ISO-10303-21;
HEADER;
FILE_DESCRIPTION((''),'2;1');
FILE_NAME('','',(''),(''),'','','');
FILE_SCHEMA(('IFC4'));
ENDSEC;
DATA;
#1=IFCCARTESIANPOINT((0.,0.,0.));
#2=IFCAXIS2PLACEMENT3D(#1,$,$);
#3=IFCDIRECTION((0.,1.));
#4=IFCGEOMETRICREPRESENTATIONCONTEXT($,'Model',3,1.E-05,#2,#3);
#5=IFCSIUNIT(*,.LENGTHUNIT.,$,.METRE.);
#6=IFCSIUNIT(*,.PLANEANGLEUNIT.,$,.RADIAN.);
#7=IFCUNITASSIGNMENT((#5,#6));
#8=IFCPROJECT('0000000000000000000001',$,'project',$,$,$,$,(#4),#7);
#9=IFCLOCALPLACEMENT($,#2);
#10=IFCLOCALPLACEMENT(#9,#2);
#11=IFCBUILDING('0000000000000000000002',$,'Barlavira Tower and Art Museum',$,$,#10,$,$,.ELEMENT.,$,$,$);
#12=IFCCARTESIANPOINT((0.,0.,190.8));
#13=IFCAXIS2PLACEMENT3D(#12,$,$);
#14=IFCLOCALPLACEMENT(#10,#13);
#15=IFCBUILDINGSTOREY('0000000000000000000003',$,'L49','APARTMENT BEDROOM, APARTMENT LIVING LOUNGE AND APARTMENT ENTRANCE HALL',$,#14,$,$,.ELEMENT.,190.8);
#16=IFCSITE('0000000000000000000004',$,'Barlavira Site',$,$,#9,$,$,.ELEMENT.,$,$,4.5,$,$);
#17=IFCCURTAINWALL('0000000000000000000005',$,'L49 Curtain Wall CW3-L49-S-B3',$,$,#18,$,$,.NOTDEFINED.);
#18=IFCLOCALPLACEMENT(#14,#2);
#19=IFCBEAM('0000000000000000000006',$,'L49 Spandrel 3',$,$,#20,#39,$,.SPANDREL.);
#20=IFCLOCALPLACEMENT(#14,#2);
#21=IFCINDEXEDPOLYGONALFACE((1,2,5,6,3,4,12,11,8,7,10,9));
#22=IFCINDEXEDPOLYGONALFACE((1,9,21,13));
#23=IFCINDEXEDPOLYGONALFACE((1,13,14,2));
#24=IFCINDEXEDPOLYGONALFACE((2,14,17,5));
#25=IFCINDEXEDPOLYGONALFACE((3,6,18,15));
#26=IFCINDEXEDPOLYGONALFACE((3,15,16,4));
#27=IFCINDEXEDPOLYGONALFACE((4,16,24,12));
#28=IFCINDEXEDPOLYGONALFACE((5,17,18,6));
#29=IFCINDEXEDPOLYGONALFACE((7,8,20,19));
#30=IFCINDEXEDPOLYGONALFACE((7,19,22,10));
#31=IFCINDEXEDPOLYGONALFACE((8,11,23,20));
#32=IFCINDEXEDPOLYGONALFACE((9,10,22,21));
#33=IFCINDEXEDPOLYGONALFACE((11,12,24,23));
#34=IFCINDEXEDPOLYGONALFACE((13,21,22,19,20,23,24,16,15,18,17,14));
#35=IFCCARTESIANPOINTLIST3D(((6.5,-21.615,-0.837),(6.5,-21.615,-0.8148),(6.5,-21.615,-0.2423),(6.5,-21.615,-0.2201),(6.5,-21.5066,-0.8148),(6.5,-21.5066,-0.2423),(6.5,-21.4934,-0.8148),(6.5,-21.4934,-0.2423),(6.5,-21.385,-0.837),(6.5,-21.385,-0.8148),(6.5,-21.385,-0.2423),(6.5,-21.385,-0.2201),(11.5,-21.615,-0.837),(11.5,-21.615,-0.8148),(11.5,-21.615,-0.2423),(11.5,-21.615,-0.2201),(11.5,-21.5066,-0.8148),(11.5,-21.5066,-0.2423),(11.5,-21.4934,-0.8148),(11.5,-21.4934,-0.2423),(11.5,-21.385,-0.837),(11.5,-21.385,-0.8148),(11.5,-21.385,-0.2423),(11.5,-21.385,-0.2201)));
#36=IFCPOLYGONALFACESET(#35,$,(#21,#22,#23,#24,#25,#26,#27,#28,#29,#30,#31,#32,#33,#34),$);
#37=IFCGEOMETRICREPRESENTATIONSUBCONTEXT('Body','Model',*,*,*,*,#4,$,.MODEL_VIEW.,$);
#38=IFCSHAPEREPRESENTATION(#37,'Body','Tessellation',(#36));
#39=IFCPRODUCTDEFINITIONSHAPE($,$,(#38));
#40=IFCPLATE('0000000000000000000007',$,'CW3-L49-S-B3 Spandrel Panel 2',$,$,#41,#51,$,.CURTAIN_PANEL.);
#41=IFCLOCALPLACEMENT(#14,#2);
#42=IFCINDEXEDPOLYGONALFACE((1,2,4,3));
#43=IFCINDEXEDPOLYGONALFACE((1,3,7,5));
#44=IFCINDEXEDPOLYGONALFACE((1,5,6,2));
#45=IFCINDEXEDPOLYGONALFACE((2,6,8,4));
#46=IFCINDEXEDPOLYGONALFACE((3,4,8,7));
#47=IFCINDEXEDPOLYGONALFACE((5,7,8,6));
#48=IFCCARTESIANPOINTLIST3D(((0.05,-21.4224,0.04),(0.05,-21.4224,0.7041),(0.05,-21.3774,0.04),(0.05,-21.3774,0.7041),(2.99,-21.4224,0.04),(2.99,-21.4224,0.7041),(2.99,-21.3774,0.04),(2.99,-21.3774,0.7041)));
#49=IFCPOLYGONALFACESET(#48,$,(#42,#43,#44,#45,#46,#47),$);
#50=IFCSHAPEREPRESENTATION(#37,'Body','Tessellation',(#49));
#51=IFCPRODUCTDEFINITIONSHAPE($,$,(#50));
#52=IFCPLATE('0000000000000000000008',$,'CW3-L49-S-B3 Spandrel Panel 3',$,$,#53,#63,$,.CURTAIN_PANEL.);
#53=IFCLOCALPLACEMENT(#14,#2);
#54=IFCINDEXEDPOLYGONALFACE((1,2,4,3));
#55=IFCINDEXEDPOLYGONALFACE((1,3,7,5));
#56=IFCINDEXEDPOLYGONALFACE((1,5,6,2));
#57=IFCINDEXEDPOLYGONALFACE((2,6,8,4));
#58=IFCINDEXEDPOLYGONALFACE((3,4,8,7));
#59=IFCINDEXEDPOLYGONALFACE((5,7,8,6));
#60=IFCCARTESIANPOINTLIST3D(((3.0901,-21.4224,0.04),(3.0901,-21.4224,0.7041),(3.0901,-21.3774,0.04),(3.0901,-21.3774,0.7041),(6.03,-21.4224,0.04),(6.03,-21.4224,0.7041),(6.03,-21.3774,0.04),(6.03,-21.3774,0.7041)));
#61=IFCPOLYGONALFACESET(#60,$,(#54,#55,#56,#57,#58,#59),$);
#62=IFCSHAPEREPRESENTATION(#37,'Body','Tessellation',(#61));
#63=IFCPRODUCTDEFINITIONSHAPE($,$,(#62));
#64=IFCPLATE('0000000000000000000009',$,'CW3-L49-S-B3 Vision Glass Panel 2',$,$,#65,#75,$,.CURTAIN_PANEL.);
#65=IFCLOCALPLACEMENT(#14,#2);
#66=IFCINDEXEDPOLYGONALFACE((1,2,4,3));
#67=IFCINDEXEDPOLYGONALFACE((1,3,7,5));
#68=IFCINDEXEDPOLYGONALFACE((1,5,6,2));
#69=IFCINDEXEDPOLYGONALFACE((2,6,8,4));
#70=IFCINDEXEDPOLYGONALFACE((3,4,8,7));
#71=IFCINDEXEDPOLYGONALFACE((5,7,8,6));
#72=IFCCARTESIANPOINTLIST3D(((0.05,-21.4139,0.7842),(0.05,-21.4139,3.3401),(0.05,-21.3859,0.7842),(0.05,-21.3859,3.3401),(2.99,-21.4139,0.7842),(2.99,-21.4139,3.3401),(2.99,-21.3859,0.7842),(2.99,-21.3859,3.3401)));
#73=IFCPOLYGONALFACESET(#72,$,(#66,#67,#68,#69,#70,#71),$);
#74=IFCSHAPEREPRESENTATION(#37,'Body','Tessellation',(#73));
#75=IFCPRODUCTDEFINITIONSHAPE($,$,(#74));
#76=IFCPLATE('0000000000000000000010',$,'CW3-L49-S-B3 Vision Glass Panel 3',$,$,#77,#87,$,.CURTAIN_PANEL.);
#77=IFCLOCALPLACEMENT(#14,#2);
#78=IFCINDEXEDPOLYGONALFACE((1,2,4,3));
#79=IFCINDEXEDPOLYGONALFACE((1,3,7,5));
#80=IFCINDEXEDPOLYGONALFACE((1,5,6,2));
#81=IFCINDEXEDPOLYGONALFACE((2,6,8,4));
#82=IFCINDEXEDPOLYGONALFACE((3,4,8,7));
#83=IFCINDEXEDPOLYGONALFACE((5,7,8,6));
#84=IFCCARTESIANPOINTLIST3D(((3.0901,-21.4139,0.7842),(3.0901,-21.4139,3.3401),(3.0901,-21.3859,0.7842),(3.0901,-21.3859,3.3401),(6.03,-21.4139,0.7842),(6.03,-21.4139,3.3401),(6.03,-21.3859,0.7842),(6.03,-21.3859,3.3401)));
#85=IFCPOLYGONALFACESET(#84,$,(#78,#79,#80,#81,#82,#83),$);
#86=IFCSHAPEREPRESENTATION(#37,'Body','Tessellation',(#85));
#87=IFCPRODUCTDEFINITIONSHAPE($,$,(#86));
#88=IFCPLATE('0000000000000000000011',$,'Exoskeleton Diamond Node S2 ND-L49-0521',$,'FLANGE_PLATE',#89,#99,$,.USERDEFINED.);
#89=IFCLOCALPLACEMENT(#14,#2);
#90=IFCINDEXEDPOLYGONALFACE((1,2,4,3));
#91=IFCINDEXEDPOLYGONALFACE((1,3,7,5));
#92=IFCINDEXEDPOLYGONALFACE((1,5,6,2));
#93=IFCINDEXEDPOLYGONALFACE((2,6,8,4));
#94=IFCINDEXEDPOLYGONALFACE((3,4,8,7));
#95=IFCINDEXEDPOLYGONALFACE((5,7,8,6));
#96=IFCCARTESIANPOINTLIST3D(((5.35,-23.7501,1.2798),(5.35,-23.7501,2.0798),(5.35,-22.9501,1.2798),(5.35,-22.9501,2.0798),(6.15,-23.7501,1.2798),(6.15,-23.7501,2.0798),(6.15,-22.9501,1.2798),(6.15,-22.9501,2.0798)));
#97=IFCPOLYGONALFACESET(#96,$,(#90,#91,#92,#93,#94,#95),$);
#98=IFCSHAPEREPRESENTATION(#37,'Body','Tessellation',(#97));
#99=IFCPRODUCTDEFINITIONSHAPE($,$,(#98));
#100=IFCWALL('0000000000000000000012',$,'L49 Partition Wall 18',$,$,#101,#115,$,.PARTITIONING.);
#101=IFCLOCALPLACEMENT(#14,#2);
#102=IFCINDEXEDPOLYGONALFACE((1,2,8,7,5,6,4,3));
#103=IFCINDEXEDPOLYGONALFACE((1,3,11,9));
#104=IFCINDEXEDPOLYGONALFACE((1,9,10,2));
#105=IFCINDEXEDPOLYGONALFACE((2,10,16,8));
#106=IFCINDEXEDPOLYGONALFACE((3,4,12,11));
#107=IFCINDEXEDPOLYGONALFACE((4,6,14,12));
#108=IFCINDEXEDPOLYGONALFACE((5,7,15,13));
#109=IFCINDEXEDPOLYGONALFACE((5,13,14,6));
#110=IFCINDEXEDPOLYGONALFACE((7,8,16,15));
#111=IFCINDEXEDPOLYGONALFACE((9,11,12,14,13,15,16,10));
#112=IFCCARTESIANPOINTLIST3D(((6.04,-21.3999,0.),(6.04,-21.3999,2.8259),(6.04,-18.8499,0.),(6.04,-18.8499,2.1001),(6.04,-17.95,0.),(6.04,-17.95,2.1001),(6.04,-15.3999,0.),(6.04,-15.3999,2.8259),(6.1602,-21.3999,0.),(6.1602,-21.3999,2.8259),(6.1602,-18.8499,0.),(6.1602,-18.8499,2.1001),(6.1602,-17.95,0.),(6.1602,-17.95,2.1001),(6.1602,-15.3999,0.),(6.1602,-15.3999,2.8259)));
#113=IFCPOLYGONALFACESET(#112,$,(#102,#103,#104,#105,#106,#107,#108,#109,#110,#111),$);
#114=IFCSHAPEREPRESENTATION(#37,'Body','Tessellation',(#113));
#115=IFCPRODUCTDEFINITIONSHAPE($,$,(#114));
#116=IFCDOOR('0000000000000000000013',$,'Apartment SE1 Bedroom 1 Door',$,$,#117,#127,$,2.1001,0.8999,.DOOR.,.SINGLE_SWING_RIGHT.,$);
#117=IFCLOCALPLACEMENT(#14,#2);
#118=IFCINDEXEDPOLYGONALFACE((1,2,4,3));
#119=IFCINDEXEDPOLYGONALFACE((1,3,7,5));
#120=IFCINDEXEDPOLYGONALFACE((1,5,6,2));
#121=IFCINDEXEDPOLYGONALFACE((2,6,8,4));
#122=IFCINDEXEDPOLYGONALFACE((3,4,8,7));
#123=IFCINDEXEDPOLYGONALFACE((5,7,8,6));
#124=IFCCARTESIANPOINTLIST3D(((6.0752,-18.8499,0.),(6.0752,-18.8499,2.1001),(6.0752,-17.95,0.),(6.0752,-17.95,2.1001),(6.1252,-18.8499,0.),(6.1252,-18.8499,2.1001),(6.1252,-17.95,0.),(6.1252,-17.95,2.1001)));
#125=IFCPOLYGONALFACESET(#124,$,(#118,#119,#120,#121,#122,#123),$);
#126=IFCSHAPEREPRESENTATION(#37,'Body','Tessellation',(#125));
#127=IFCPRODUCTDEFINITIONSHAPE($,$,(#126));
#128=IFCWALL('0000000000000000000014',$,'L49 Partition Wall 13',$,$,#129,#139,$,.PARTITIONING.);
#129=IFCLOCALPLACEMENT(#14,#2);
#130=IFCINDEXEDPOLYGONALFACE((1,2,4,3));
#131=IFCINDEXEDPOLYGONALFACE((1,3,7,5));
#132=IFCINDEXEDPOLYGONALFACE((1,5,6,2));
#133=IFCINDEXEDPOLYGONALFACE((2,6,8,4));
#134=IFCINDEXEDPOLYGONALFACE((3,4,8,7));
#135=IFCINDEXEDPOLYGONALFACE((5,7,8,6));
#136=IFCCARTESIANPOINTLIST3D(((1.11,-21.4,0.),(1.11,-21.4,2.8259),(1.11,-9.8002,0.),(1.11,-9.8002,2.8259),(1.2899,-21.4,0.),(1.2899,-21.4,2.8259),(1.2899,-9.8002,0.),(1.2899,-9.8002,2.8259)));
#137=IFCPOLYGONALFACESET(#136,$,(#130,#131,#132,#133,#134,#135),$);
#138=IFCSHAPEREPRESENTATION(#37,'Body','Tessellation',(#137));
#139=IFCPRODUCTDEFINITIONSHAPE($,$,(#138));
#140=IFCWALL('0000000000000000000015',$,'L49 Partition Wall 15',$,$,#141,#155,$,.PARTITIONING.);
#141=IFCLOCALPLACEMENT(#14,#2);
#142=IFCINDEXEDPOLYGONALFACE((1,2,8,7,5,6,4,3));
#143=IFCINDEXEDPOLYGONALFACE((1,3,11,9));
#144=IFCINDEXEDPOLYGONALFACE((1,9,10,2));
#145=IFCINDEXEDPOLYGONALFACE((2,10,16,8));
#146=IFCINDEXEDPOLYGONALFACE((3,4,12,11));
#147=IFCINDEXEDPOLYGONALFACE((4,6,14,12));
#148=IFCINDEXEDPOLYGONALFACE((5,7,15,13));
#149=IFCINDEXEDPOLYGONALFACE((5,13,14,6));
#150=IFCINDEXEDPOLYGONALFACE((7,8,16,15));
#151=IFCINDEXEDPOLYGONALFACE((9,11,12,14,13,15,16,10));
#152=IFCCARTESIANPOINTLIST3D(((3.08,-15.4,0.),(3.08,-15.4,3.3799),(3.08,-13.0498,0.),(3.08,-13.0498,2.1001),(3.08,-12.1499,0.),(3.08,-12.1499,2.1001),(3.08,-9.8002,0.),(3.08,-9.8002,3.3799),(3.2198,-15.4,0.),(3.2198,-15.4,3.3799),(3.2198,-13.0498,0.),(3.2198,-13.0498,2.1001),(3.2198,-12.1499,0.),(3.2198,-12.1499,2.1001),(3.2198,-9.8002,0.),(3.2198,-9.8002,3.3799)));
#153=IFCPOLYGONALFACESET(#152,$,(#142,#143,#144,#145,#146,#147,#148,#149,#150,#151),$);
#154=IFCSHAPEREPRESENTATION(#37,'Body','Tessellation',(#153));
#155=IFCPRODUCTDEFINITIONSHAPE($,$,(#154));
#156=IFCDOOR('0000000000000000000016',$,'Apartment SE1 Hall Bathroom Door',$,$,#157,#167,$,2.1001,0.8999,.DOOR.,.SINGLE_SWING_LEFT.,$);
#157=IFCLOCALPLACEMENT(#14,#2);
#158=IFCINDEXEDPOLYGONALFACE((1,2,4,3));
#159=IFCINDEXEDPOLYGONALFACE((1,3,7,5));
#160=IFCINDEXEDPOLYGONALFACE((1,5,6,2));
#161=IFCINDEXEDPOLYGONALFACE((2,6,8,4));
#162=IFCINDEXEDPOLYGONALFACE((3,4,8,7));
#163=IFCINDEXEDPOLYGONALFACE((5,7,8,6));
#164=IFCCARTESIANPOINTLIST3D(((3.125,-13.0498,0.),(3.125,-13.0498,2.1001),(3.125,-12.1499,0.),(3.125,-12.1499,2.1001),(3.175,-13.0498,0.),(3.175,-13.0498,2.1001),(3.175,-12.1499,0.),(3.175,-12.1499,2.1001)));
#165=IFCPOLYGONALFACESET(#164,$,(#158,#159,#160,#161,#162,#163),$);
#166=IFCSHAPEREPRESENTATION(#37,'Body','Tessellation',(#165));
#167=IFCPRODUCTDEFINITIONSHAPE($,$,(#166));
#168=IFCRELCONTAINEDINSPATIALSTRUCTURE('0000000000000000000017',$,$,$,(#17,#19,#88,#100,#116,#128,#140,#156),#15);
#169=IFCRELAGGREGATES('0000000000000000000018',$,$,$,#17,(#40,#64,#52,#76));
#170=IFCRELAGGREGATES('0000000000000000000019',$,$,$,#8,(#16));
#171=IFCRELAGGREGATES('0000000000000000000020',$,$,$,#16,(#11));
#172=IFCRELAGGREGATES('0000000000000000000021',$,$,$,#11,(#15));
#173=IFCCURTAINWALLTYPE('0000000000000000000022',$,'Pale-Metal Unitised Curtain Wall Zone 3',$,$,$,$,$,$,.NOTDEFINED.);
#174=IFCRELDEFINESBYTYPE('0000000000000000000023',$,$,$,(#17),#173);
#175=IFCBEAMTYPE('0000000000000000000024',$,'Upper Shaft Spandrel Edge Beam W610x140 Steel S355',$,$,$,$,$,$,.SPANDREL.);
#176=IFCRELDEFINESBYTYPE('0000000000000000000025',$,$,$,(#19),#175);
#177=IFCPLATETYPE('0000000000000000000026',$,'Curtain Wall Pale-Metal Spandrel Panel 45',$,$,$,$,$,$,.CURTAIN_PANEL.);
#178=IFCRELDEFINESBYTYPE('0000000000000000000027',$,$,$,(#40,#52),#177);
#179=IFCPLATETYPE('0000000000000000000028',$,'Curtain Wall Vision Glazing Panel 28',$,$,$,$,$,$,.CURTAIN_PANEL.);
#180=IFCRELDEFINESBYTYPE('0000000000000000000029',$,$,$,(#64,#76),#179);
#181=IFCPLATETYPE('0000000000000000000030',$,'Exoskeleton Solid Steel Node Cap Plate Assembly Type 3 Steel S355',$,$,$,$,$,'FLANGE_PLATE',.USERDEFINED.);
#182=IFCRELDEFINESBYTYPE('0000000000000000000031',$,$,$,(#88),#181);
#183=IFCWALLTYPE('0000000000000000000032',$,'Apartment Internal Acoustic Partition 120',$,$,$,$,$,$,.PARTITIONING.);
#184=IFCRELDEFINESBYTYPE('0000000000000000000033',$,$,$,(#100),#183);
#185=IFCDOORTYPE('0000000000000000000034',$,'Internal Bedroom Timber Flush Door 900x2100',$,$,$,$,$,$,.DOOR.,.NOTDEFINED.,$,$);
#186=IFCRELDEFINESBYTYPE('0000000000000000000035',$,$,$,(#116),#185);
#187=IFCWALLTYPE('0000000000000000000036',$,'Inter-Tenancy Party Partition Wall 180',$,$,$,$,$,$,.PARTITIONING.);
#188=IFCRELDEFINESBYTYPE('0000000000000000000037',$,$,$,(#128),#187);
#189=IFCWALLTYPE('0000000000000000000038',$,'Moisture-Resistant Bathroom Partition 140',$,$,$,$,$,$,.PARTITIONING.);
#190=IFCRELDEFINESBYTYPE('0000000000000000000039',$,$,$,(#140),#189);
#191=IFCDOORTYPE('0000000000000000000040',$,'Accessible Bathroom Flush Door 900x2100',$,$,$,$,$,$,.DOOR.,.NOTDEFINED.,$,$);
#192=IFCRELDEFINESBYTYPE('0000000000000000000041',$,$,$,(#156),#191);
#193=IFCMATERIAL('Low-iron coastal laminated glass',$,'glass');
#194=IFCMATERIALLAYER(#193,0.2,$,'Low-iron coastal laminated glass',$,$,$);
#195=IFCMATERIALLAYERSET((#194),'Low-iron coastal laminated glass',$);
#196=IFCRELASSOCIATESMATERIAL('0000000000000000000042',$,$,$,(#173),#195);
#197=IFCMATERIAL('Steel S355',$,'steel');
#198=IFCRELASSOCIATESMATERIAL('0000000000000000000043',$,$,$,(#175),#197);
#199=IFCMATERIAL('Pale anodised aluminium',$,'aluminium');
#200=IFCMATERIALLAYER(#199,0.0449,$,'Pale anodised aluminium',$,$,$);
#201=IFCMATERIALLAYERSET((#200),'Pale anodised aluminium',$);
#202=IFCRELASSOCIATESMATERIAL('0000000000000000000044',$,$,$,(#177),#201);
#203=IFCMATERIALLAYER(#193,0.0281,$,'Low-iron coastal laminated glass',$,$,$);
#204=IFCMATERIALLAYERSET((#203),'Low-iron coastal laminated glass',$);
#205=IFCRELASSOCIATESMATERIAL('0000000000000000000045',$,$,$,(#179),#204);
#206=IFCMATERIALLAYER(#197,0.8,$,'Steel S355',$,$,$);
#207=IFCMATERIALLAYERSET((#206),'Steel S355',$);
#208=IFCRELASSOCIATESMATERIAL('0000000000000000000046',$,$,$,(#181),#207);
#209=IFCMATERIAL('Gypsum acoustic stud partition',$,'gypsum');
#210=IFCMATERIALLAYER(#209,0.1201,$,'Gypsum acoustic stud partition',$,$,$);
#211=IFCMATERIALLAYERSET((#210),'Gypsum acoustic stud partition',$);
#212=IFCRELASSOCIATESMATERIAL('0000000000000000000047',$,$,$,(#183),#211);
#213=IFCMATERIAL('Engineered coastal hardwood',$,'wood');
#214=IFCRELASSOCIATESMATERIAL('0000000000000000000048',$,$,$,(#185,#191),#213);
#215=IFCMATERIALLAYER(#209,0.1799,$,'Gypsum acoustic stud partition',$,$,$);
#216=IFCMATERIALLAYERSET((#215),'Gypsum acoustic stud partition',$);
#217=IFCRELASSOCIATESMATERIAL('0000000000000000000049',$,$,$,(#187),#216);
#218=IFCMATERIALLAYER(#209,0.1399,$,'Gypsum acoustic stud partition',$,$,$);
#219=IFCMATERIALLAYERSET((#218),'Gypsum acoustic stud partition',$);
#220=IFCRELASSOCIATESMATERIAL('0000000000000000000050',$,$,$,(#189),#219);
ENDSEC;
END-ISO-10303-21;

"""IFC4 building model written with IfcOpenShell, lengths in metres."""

from ifc_helpers import new_model, si_unit, direction, frame, frame_2d, origin, origin_2d, place, context, subcontext, project, spatial, rectangle, i_section, extrude, material, layer, layer_set, material_profile, profile_set, type_object, element, fill, aggregate, save


model = new_model("IFC4")

# Units and contexts
model_context = context("Model", 3, precision=1e-05, world=origin(), true_north=direction((0.0, 1.0)))
body_context = subcontext(model_context, "Body", "Model", "MODEL_VIEW")
ifc_project = project(units=[si_unit("LENGTHUNIT", "METRE"), si_unit("PLANEANGLEUNIT", "RADIAN")], contexts=[model_context])

# Site, building, storey
site_placement = place(None, origin())
site = spatial("IfcSite", under=ifc_project, at=site_placement, Name="Barlavira Site", CompositionType="ELEMENT", RefElevation=4.5)
building_placement = place(site_placement, origin())
building = spatial("IfcBuilding", under=site, at=building_placement, Name="Barlavira Tower and Art Museum", CompositionType="ELEMENT")
storey_placement = place(building_placement, frame((0.0, 0.0, 190.8)))
storey = spatial("IfcBuildingStorey", under=building, at=storey_placement, Name="L49", Description="APARTMENT BEDROOM, APARTMENT LIVING LOUNGE AND APARTMENT ENTRANCE HALL", CompositionType="ELEMENT", Elevation=190.8)

# Curtain wall
ifc_material_1 = material(Name="Low-iron coastal laminated glass", Category="glass")
ifc_layer_1 = layer(ifc_material_1, 0.2, Name="Low-iron coastal laminated glass")
ifc_layer_set_1 = layer_set([ifc_layer_1], Name="Low-iron coastal laminated glass")
curtain_wall_type = type_object("IfcCurtainWallType", Name="Pale-Metal Unitised Curtain Wall Zone 3", PredefinedType="NOTDEFINED", material=ifc_layer_set_1)
curtain_wall_placement = place(storey_placement, origin())
curtain_wall = element("IfcCurtainWall", 1, at=curtain_wall_placement, inside=storey, type_object=curtain_wall_type, Name="L49 Curtain Wall CW3-L49-S-B3", PredefinedType="NOTDEFINED")
ifc_material_2 = material(Name="Pale anodised aluminium", Category="aluminium")

# Beam
ifc_material_3 = material(Name="Steel S355", Category="steel")
ifc_material_profile_1 = material_profile(ifc_material_3, i_section(OverallWidth=0.23, OverallDepth=0.6169, WebThickness=0.0132, FlangeThickness=0.0222, at=origin_2d()), Name="W610x140.0")
ifc_profile_set_1 = profile_set([ifc_material_profile_1], Name="Steel S355")
beam_type = type_object("IfcBeamType", Name="Upper Shaft Spandrel Edge Beam W610x140 Steel S355", PredefinedType="SPANDREL", material=ifc_profile_set_1)
beam_placement = place(storey_placement, frame((6.5, -21.5, -0.5286), z_axis=(1.0, 0.0, 0.0), x_axis=(0.0, 1.0, 0.0)))
element("IfcBeam", 2, at=beam_placement, inside=storey, type_object=beam_type, Name="L49 Spandrel 3", PredefinedType="SPANDREL", context=body_context, shape_type="SweptSolid", body=[
    extrude(i_section(OverallWidth=0.23, OverallDepth=0.6169, WebThickness=0.0132, FlangeThickness=0.0222, at=origin_2d()), origin(), (0.0, 0.0, 1.0), 5.0),
])

# Plates
ifc_layer_2 = layer(ifc_material_2, 0.0449, Name="Pale anodised aluminium")
ifc_layer_set_2 = layer_set([ifc_layer_2], Name="Pale anodised aluminium")
plate_type_1 = type_object("IfcPlateType", Name="Curtain Wall Pale-Metal Spandrel Panel 45", PredefinedType="CURTAIN_PANEL", material=ifc_layer_set_2)
plate_1_placement = place(storey_placement, frame((1.52, -21.3999, 0.04), z_axis=(0.0, 0.0, 1.0), x_axis=(1.0, 0.0, 0.0)))
plate_1 = element("IfcPlate", 3, at=plate_1_placement, type_object=plate_type_1, Name="CW3-L49-S-B3 Spandrel Panel 2", PredefinedType="CURTAIN_PANEL", context=body_context, shape_type="SweptSolid", body=[
    extrude(rectangle(XDim=2.9399, YDim=0.0449, at=origin_2d()), origin(), (0.0, 0.0, 1.0), 0.6641),
])
plate_2_placement = place(storey_placement, frame((4.5601, -21.3999, 0.04), z_axis=(0.0, 0.0, 1.0), x_axis=(1.0, 0.0, 0.0)))
plate_2 = element("IfcPlate", 4, at=plate_2_placement, type_object=plate_type_1, Name="CW3-L49-S-B3 Spandrel Panel 3", PredefinedType="CURTAIN_PANEL", context=body_context, shape_type="SweptSolid", body=[
    extrude(rectangle(XDim=2.9399, YDim=0.0449, at=origin_2d()), origin(), (0.0, 0.0, 1.0), 0.6641),
])
ifc_layer_3 = layer(ifc_material_1, 0.0281, Name="Low-iron coastal laminated glass")
ifc_layer_set_3 = layer_set([ifc_layer_3], Name="Low-iron coastal laminated glass")
plate_type_2 = type_object("IfcPlateType", Name="Curtain Wall Vision Glazing Panel 28", PredefinedType="CURTAIN_PANEL", material=ifc_layer_set_3)
plate_3_placement = place(storey_placement, frame((1.52, -21.3999, 0.7842), z_axis=(0.0, 0.0, 1.0), x_axis=(1.0, 0.0, 0.0)))
plate_3 = element("IfcPlate", 5, at=plate_3_placement, type_object=plate_type_2, Name="CW3-L49-S-B3 Vision Glass Panel 2", PredefinedType="CURTAIN_PANEL", context=body_context, shape_type="SweptSolid", body=[
    extrude(rectangle(XDim=2.9399, YDim=0.0281, at=origin_2d()), origin(), (0.0, 0.0, 1.0), 2.5559),
])
plate_4_placement = place(storey_placement, frame((4.5601, -21.3999, 0.7842), z_axis=(0.0, 0.0, 1.0), x_axis=(1.0, 0.0, 0.0)))
plate_4 = element("IfcPlate", 6, at=plate_4_placement, type_object=plate_type_2, Name="CW3-L49-S-B3 Vision Glass Panel 3", PredefinedType="CURTAIN_PANEL", context=body_context, shape_type="SweptSolid", body=[
    extrude(rectangle(XDim=2.9399, YDim=0.0281, at=origin_2d()), origin(), (0.0, 0.0, 1.0), 2.5559),
])
aggregate(curtain_wall, [plate_1, plate_3, plate_2, plate_4])
ifc_layer_4 = layer(ifc_material_3, 0.8, Name="Steel S355")
ifc_layer_set_4 = layer_set([ifc_layer_4], Name="Steel S355")
plate_type_3 = type_object("IfcPlateType", Name="Exoskeleton Solid Steel Node Cap Plate Assembly Type 3 Steel S355", ElementType="FLANGE_PLATE", PredefinedType="USERDEFINED", material=ifc_layer_set_4)
plate_5_placement = place(storey_placement, frame((5.75, -23.3501, 1.2798), z_axis=(0.0, 0.0, 1.0), x_axis=(1.0, 0.0, 0.0)))
element("IfcPlate", 7, at=plate_5_placement, inside=storey, type_object=plate_type_3, Name="Exoskeleton Diamond Node S2 ND-L49-0521", ObjectType="FLANGE_PLATE", PredefinedType="USERDEFINED", context=body_context, shape_type="SweptSolid", body=[
    extrude(rectangle(XDim=0.8, YDim=0.8, at=origin_2d()), origin(), (0.0, 0.0, 1.0), 0.8),
])

# Wall, opening, door
ifc_material_4 = material(Name="Gypsum acoustic stud partition", Category="gypsum")
ifc_layer_5 = layer(ifc_material_4, 0.1201, Name="Gypsum acoustic stud partition")
ifc_layer_set_5 = layer_set([ifc_layer_5], Name="Gypsum acoustic stud partition")
wall_type_1 = type_object("IfcWallType", Name="Apartment Internal Acoustic Partition 120", PredefinedType="PARTITIONING", material=ifc_layer_set_5)
wall_1_placement = place(storey_placement, frame((6.1001, -21.3999, 0.0), z_axis=(0.0, 0.0, 1.0), x_axis=(0.0, 1.0, 0.0)))
wall_1 = element("IfcWall", 8, at=wall_1_placement, inside=storey, type_object=wall_type_1, Name="L49 Partition Wall 18", PredefinedType="PARTITIONING", context=body_context, shape_type="SweptSolid", body=[
    extrude(rectangle(XDim=6.0, YDim=0.1201, at=frame_2d((3.0, 0.0))), origin(), (0.0, 0.0, 1.0), 2.8259),
])
opening_1_placement = place(wall_1_placement, frame((2.55, 0.0, 0.0)))
opening_1 = element("IfcOpeningElement", 9, at=opening_1_placement, cuts=wall_1, PredefinedType="OPENING", context=body_context, shape_type="SweptSolid", body=[
    extrude(rectangle(XDim=0.8999, YDim=2.1001, at=frame_2d((0.45, 1.05))), frame((0.0, 0.0701, 0.0), z_axis=(0.0, -1.0, 0.0), x_axis=(1.0, 0.0, 0.0)), (0.0, 0.0, 1.0), 0.1401),
])
ifc_material_5 = material(Name="Engineered coastal hardwood", Category="wood")
door_type_1 = type_object("IfcDoorType", Name="Internal Bedroom Timber Flush Door 900x2100", OperationType="NOTDEFINED", PredefinedType="DOOR", material=ifc_material_5)
door_1_placement = place(opening_1_placement, origin())
door_1 = element("IfcDoor", 10, at=door_1_placement, inside=storey, type_object=door_type_1, Name="Apartment SE1 Bedroom 1 Door", OperationType="SINGLE_SWING_RIGHT", OverallHeight=2.1001, OverallWidth=0.8999, PredefinedType="DOOR", context=body_context, shape_type="SweptSolid", body=[
    extrude(rectangle(XDim=0.8999, YDim=2.1001, at=frame_2d((0.45, 1.05))), frame((0.0, 0.0249, 0.0), z_axis=(0.0, -1.0, 0.0), x_axis=(1.0, 0.0, 0.0)), (0.0, 0.0, 1.0), 0.05),
])
fill(opening_1, door_1)

# Wall
ifc_layer_6 = layer(ifc_material_4, 0.1799, Name="Gypsum acoustic stud partition")
ifc_layer_set_6 = layer_set([ifc_layer_6], Name="Gypsum acoustic stud partition")
wall_type_2 = type_object("IfcWallType", Name="Inter-Tenancy Party Partition Wall 180", PredefinedType="PARTITIONING", material=ifc_layer_set_6)
wall_2_placement = place(storey_placement, frame((1.2, -21.3999, 0.0), z_axis=(0.0, 0.0, 1.0), x_axis=(0.0, 1.0, 0.0)))
element("IfcWall", 11, at=wall_2_placement, inside=storey, type_object=wall_type_2, Name="L49 Partition Wall 13", PredefinedType="PARTITIONING", context=body_context, shape_type="SweptSolid", body=[
    extrude(rectangle(XDim=11.5999, YDim=0.1799, at=frame_2d((5.7998, 0.0))), origin(), (0.0, 0.0, 1.0), 2.8259),
])

# Wall, opening, door
ifc_layer_7 = layer(ifc_material_4, 0.1399, Name="Gypsum acoustic stud partition")
ifc_layer_set_7 = layer_set([ifc_layer_7], Name="Gypsum acoustic stud partition")
wall_type_3 = type_object("IfcWallType", Name="Moisture-Resistant Bathroom Partition 140", PredefinedType="PARTITIONING", material=ifc_layer_set_7)
wall_3_placement = place(storey_placement, frame((3.1499, -15.3999, 0.0), z_axis=(0.0, 0.0, 1.0), x_axis=(0.0, 1.0, 0.0)))
wall_3 = element("IfcWall", 12, at=wall_3_placement, inside=storey, type_object=wall_type_3, Name="L49 Partition Wall 15", PredefinedType="PARTITIONING", context=body_context, shape_type="SweptSolid", body=[
    extrude(rectangle(XDim=5.5999, YDim=0.1399, at=frame_2d((2.7998, 0.0))), origin(), (0.0, 0.0, 1.0), 3.3799),
])
opening_2_placement = place(wall_3_placement, frame((2.3501, 0.0, 0.0)))
opening_2 = element("IfcOpeningElement", 13, at=opening_2_placement, cuts=wall_3, PredefinedType="OPENING", context=body_context, shape_type="SweptSolid", body=[
    extrude(rectangle(XDim=0.8999, YDim=2.1001, at=frame_2d((0.45, 1.05))), frame((0.0, 0.0801, 0.0), z_axis=(0.0, -1.0, 0.0), x_axis=(1.0, 0.0, 0.0)), (0.0, 0.0, 1.0), 0.1599),
])
door_type_2 = type_object("IfcDoorType", Name="Accessible Bathroom Flush Door 900x2100", OperationType="NOTDEFINED", PredefinedType="DOOR", material=ifc_material_5)
door_2_placement = place(opening_2_placement, origin())
door_2 = element("IfcDoor", 14, at=door_2_placement, inside=storey, type_object=door_type_2, Name="Apartment SE1 Hall Bathroom Door", OperationType="SINGLE_SWING_LEFT", OverallHeight=2.1001, OverallWidth=0.8999, PredefinedType="DOOR", context=body_context, shape_type="SweptSolid", body=[
    extrude(rectangle(XDim=0.8999, YDim=2.1001, at=frame_2d((0.45, 1.05))), frame((0.0, 0.0249, 0.0), z_axis=(0.0, -1.0, 0.0), x_axis=(1.0, 0.0, 0.0)), (0.0, 0.0, 1.0), 0.05),
])
fill(opening_2, door_2)

save(model, "model.ifc")
